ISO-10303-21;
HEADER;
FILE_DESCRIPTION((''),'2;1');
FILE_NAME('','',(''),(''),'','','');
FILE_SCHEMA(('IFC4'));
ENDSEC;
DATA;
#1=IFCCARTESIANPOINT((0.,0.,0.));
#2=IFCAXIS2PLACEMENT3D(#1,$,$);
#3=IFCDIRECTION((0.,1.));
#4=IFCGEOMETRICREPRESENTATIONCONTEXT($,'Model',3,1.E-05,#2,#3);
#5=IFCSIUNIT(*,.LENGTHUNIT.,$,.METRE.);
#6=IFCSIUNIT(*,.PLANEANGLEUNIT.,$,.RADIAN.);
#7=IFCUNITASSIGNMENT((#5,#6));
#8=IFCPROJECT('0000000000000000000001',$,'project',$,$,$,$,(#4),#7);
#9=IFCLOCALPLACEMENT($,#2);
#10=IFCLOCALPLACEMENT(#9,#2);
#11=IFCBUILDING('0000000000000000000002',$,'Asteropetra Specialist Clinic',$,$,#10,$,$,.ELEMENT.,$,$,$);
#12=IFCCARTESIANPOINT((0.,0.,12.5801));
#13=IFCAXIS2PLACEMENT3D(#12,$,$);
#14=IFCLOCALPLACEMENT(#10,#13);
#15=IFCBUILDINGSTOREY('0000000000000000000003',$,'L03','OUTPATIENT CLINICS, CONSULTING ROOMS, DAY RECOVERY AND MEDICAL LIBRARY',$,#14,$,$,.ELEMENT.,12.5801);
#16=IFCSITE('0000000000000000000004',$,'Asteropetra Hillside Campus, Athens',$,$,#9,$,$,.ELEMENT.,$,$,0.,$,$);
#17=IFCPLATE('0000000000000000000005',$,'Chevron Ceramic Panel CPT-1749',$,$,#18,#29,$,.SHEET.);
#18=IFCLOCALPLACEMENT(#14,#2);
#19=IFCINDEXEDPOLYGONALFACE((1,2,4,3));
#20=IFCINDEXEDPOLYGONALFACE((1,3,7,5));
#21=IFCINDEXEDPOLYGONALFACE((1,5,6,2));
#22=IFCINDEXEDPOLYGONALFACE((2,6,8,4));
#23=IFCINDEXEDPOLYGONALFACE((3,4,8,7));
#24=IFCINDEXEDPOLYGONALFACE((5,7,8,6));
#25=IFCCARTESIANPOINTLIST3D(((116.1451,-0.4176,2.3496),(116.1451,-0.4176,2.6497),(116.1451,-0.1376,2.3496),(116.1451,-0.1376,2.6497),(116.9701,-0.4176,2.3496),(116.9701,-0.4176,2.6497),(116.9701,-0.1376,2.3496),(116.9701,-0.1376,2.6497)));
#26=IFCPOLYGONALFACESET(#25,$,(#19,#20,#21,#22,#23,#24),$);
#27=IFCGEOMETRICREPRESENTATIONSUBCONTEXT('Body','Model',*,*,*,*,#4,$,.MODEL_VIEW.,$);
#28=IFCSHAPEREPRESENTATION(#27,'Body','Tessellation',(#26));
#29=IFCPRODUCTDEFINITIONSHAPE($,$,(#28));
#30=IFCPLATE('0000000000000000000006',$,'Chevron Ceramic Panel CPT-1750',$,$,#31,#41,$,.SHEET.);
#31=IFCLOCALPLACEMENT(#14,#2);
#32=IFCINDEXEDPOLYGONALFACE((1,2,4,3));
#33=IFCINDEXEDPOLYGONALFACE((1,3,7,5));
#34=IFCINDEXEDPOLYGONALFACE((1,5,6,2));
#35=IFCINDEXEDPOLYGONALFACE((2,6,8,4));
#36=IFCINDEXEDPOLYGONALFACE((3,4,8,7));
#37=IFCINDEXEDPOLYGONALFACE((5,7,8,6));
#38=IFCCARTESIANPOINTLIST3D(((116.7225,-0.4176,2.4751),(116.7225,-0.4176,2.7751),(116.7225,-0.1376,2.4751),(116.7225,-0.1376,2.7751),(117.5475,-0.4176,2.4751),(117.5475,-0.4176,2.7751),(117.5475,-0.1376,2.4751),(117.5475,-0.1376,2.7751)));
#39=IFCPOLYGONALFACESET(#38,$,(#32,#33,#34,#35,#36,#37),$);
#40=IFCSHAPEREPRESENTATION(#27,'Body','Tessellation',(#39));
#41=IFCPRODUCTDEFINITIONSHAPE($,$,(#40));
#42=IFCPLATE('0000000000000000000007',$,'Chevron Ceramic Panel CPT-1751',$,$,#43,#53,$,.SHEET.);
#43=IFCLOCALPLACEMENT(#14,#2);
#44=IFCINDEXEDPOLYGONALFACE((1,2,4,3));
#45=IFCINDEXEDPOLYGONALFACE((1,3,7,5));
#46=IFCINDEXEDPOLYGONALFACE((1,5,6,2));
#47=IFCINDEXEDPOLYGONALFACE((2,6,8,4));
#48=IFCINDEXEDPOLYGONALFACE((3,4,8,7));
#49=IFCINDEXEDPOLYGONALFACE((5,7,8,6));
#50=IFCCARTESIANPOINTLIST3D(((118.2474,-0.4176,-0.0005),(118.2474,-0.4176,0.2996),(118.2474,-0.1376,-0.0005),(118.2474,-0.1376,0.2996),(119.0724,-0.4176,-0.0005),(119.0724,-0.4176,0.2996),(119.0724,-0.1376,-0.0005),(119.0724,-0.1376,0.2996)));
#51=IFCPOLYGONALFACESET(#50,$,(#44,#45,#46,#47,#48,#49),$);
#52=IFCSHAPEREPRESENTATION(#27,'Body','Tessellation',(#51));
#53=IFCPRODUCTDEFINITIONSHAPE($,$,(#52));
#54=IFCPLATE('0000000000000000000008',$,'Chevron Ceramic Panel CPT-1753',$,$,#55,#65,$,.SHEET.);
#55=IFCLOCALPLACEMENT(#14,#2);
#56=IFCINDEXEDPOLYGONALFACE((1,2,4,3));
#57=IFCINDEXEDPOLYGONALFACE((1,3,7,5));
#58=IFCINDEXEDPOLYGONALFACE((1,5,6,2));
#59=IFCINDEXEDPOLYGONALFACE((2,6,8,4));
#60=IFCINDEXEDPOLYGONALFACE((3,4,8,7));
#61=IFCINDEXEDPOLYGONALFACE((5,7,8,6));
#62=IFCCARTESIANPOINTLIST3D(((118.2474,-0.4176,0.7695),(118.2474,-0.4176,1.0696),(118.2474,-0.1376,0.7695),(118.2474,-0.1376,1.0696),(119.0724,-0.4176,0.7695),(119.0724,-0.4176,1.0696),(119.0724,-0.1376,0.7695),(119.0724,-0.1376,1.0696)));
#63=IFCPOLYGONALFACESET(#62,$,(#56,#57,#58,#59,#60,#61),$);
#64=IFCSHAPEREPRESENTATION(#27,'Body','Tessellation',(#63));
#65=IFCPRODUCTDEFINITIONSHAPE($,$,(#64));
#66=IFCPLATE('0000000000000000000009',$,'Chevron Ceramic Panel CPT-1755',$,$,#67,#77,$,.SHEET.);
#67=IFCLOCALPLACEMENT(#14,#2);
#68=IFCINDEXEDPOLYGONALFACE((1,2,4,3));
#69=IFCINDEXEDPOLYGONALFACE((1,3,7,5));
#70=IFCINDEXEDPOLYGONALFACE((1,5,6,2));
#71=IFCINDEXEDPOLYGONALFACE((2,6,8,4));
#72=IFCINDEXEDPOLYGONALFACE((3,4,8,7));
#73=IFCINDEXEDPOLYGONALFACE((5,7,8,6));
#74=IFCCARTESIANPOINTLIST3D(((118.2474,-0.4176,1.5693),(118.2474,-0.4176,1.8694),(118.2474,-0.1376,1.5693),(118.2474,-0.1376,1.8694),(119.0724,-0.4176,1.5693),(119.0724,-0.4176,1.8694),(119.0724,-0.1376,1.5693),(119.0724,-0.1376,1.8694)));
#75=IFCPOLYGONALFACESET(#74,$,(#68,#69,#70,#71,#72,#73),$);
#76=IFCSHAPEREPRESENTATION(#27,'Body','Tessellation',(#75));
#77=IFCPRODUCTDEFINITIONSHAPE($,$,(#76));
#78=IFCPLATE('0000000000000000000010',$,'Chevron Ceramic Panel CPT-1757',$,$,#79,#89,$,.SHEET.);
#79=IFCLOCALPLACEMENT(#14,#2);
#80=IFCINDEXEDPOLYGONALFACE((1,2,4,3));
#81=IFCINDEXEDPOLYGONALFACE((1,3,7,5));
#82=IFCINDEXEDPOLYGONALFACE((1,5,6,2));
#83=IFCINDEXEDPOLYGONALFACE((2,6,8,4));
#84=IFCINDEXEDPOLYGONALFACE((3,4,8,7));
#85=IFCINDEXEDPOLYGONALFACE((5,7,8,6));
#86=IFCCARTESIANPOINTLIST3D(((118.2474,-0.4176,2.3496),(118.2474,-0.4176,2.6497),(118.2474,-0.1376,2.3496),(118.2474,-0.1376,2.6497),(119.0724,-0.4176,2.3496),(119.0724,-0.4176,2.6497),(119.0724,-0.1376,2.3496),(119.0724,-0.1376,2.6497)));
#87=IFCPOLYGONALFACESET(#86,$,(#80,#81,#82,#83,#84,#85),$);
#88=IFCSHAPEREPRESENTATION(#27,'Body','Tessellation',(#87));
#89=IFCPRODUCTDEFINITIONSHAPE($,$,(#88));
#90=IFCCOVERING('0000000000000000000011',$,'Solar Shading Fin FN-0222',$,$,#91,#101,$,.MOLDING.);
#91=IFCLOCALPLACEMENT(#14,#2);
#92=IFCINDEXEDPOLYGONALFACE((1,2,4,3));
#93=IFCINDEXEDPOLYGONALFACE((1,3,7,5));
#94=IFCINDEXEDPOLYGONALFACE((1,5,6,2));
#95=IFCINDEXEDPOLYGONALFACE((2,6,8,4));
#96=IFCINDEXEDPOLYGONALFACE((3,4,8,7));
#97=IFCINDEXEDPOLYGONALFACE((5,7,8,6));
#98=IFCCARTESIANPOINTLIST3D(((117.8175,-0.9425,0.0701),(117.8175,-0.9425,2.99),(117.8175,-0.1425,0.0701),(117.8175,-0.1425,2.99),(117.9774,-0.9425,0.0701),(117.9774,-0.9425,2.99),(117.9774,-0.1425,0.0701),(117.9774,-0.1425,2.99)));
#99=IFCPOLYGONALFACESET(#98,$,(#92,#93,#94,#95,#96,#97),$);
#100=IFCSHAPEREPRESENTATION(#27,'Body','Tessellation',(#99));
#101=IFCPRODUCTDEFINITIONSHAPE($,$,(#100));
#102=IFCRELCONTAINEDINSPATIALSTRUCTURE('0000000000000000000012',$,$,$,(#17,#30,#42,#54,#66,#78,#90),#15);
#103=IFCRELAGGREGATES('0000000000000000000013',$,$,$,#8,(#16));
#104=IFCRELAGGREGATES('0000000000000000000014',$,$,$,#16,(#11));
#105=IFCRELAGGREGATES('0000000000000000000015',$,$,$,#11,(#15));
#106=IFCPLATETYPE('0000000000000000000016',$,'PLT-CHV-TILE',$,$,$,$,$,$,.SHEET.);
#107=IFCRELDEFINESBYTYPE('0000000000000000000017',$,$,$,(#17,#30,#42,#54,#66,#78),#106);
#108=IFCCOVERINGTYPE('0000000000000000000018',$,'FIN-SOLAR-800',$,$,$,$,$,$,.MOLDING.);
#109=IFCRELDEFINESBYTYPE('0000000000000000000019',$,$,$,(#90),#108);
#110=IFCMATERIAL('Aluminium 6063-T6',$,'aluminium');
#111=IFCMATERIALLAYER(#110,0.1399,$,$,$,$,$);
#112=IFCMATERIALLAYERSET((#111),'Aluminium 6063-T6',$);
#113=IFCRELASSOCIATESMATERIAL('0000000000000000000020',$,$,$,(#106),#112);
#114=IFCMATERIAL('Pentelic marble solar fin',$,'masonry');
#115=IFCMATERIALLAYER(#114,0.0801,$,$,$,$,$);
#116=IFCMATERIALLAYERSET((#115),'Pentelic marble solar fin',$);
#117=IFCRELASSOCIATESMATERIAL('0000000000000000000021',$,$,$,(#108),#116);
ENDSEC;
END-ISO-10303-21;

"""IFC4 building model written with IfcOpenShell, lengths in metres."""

from ifc_helpers import new_model, si_unit, direction, frame, origin, origin_2d, place, context, subcontext, project, spatial, rectangle, extrude, material, layer, layer_set, type_object, element, save


model = new_model("IFC4")

# Units and contexts
model_context = context("Model", 3, precision=1e-05, world=origin(), true_north=direction((0.0, 1.0)))
body_context = subcontext(model_context, "Body", "Model", "MODEL_VIEW")
ifc_project = project(units=[si_unit("LENGTHUNIT", "METRE"), si_unit("PLANEANGLEUNIT", "RADIAN")], contexts=[model_context])

# Site, building, storey
site_placement = place(None, origin())
site = spatial("IfcSite", under=ifc_project, at=site_placement, Name="Asteropetra Hillside Campus, Athens", CompositionType="ELEMENT", RefElevation=0.0)
building_placement = place(site_placement, origin())
building = spatial("IfcBuilding", under=site, at=building_placement, Name="Asteropetra Specialist Clinic", CompositionType="ELEMENT")
storey_placement = place(building_placement, frame((0.0, 0.0, 12.5801)))
storey = spatial("IfcBuildingStorey", under=building, at=storey_placement, Name="L03", Description="OUTPATIENT CLINICS, CONSULTING ROOMS, DAY RECOVERY AND MEDICAL LIBRARY", CompositionType="ELEMENT", Elevation=12.5801)

# Plates
ifc_material_1 = material(Name="Aluminium 6063-T6", Category="aluminium")
ifc_layer_1 = layer(ifc_material_1, 0.1399)
ifc_layer_set_1 = layer_set([ifc_layer_1], Name="Aluminium 6063-T6")
plate_type_1 = type_object("IfcPlateType", Name="PLT-CHV-TILE", PredefinedType="SHEET", material=ifc_layer_set_1)
for number, where, z_axis, x_axis, name in (
    (1, (116.5576, -0.2776, 2.3496), (0.0, 0.0, 1.0), (1.0, 0.0, 0.0), "Chevron Ceramic Panel CPT-1749"),
    (2, (117.135, -0.2776, 2.4751), (0.0, 0.0, 1.0), (1.0, 0.0, 0.0), "Chevron Ceramic Panel CPT-1750"),
    (3, (118.6599, -0.2776, -0.0005), (0.0, 0.0, 1.0), (1.0, 0.0, 0.0), "Chevron Ceramic Panel CPT-1751"),
    (4, (118.6599, -0.2776, 0.7695), (0.0, 0.0, 1.0), (1.0, 0.0, 0.0), "Chevron Ceramic Panel CPT-1753"),
    (5, (118.6599, -0.2776, 1.5693), (0.0, 0.0, 1.0), (1.0, 0.0, 0.0), "Chevron Ceramic Panel CPT-1755"),
    (6, (118.6599, -0.2776, 2.3496), (0.0, 0.0, 1.0), (1.0, 0.0, 0.0), "Chevron Ceramic Panel CPT-1757"),
):
    element("IfcPlate", number, at=place(storey_placement, frame(where, z_axis=z_axis, x_axis=x_axis)), inside=storey, type_object=plate_type_1, Name=name, PredefinedType="SHEET", context=body_context, shape_type="SweptSolid", body=[
        extrude(rectangle(XDim=0.825, YDim=0.28, at=origin_2d()), origin(), (0.0, 0.0, 1.0), 0.3),
    ])

# Covering
ifc_material_2 = material(Name="Pentelic marble solar fin", Category="masonry")
ifc_layer_2 = layer(ifc_material_2, 0.0801)
ifc_layer_set_2 = layer_set([ifc_layer_2], Name="Pentelic marble solar fin")
covering_type = type_object("IfcCoveringType", Name="FIN-SOLAR-800", PredefinedType="MOLDING", material=ifc_layer_set_2)
covering_placement = place(storey_placement, frame((117.8975, -0.5425, 0.0701), z_axis=(0.0, 0.0, 1.0), x_axis=(1.0, 0.0, 0.0)))
element("IfcCovering", 7, at=covering_placement, inside=storey, type_object=covering_type, Name="Solar Shading Fin FN-0222", PredefinedType="MOLDING", context=body_context, shape_type="SweptSolid", body=[
    extrude(rectangle(XDim=0.1599, YDim=0.8, at=origin_2d()), origin(), (0.0, 0.0, 1.0), 2.9199),
])

save(model, "model.ifc")
